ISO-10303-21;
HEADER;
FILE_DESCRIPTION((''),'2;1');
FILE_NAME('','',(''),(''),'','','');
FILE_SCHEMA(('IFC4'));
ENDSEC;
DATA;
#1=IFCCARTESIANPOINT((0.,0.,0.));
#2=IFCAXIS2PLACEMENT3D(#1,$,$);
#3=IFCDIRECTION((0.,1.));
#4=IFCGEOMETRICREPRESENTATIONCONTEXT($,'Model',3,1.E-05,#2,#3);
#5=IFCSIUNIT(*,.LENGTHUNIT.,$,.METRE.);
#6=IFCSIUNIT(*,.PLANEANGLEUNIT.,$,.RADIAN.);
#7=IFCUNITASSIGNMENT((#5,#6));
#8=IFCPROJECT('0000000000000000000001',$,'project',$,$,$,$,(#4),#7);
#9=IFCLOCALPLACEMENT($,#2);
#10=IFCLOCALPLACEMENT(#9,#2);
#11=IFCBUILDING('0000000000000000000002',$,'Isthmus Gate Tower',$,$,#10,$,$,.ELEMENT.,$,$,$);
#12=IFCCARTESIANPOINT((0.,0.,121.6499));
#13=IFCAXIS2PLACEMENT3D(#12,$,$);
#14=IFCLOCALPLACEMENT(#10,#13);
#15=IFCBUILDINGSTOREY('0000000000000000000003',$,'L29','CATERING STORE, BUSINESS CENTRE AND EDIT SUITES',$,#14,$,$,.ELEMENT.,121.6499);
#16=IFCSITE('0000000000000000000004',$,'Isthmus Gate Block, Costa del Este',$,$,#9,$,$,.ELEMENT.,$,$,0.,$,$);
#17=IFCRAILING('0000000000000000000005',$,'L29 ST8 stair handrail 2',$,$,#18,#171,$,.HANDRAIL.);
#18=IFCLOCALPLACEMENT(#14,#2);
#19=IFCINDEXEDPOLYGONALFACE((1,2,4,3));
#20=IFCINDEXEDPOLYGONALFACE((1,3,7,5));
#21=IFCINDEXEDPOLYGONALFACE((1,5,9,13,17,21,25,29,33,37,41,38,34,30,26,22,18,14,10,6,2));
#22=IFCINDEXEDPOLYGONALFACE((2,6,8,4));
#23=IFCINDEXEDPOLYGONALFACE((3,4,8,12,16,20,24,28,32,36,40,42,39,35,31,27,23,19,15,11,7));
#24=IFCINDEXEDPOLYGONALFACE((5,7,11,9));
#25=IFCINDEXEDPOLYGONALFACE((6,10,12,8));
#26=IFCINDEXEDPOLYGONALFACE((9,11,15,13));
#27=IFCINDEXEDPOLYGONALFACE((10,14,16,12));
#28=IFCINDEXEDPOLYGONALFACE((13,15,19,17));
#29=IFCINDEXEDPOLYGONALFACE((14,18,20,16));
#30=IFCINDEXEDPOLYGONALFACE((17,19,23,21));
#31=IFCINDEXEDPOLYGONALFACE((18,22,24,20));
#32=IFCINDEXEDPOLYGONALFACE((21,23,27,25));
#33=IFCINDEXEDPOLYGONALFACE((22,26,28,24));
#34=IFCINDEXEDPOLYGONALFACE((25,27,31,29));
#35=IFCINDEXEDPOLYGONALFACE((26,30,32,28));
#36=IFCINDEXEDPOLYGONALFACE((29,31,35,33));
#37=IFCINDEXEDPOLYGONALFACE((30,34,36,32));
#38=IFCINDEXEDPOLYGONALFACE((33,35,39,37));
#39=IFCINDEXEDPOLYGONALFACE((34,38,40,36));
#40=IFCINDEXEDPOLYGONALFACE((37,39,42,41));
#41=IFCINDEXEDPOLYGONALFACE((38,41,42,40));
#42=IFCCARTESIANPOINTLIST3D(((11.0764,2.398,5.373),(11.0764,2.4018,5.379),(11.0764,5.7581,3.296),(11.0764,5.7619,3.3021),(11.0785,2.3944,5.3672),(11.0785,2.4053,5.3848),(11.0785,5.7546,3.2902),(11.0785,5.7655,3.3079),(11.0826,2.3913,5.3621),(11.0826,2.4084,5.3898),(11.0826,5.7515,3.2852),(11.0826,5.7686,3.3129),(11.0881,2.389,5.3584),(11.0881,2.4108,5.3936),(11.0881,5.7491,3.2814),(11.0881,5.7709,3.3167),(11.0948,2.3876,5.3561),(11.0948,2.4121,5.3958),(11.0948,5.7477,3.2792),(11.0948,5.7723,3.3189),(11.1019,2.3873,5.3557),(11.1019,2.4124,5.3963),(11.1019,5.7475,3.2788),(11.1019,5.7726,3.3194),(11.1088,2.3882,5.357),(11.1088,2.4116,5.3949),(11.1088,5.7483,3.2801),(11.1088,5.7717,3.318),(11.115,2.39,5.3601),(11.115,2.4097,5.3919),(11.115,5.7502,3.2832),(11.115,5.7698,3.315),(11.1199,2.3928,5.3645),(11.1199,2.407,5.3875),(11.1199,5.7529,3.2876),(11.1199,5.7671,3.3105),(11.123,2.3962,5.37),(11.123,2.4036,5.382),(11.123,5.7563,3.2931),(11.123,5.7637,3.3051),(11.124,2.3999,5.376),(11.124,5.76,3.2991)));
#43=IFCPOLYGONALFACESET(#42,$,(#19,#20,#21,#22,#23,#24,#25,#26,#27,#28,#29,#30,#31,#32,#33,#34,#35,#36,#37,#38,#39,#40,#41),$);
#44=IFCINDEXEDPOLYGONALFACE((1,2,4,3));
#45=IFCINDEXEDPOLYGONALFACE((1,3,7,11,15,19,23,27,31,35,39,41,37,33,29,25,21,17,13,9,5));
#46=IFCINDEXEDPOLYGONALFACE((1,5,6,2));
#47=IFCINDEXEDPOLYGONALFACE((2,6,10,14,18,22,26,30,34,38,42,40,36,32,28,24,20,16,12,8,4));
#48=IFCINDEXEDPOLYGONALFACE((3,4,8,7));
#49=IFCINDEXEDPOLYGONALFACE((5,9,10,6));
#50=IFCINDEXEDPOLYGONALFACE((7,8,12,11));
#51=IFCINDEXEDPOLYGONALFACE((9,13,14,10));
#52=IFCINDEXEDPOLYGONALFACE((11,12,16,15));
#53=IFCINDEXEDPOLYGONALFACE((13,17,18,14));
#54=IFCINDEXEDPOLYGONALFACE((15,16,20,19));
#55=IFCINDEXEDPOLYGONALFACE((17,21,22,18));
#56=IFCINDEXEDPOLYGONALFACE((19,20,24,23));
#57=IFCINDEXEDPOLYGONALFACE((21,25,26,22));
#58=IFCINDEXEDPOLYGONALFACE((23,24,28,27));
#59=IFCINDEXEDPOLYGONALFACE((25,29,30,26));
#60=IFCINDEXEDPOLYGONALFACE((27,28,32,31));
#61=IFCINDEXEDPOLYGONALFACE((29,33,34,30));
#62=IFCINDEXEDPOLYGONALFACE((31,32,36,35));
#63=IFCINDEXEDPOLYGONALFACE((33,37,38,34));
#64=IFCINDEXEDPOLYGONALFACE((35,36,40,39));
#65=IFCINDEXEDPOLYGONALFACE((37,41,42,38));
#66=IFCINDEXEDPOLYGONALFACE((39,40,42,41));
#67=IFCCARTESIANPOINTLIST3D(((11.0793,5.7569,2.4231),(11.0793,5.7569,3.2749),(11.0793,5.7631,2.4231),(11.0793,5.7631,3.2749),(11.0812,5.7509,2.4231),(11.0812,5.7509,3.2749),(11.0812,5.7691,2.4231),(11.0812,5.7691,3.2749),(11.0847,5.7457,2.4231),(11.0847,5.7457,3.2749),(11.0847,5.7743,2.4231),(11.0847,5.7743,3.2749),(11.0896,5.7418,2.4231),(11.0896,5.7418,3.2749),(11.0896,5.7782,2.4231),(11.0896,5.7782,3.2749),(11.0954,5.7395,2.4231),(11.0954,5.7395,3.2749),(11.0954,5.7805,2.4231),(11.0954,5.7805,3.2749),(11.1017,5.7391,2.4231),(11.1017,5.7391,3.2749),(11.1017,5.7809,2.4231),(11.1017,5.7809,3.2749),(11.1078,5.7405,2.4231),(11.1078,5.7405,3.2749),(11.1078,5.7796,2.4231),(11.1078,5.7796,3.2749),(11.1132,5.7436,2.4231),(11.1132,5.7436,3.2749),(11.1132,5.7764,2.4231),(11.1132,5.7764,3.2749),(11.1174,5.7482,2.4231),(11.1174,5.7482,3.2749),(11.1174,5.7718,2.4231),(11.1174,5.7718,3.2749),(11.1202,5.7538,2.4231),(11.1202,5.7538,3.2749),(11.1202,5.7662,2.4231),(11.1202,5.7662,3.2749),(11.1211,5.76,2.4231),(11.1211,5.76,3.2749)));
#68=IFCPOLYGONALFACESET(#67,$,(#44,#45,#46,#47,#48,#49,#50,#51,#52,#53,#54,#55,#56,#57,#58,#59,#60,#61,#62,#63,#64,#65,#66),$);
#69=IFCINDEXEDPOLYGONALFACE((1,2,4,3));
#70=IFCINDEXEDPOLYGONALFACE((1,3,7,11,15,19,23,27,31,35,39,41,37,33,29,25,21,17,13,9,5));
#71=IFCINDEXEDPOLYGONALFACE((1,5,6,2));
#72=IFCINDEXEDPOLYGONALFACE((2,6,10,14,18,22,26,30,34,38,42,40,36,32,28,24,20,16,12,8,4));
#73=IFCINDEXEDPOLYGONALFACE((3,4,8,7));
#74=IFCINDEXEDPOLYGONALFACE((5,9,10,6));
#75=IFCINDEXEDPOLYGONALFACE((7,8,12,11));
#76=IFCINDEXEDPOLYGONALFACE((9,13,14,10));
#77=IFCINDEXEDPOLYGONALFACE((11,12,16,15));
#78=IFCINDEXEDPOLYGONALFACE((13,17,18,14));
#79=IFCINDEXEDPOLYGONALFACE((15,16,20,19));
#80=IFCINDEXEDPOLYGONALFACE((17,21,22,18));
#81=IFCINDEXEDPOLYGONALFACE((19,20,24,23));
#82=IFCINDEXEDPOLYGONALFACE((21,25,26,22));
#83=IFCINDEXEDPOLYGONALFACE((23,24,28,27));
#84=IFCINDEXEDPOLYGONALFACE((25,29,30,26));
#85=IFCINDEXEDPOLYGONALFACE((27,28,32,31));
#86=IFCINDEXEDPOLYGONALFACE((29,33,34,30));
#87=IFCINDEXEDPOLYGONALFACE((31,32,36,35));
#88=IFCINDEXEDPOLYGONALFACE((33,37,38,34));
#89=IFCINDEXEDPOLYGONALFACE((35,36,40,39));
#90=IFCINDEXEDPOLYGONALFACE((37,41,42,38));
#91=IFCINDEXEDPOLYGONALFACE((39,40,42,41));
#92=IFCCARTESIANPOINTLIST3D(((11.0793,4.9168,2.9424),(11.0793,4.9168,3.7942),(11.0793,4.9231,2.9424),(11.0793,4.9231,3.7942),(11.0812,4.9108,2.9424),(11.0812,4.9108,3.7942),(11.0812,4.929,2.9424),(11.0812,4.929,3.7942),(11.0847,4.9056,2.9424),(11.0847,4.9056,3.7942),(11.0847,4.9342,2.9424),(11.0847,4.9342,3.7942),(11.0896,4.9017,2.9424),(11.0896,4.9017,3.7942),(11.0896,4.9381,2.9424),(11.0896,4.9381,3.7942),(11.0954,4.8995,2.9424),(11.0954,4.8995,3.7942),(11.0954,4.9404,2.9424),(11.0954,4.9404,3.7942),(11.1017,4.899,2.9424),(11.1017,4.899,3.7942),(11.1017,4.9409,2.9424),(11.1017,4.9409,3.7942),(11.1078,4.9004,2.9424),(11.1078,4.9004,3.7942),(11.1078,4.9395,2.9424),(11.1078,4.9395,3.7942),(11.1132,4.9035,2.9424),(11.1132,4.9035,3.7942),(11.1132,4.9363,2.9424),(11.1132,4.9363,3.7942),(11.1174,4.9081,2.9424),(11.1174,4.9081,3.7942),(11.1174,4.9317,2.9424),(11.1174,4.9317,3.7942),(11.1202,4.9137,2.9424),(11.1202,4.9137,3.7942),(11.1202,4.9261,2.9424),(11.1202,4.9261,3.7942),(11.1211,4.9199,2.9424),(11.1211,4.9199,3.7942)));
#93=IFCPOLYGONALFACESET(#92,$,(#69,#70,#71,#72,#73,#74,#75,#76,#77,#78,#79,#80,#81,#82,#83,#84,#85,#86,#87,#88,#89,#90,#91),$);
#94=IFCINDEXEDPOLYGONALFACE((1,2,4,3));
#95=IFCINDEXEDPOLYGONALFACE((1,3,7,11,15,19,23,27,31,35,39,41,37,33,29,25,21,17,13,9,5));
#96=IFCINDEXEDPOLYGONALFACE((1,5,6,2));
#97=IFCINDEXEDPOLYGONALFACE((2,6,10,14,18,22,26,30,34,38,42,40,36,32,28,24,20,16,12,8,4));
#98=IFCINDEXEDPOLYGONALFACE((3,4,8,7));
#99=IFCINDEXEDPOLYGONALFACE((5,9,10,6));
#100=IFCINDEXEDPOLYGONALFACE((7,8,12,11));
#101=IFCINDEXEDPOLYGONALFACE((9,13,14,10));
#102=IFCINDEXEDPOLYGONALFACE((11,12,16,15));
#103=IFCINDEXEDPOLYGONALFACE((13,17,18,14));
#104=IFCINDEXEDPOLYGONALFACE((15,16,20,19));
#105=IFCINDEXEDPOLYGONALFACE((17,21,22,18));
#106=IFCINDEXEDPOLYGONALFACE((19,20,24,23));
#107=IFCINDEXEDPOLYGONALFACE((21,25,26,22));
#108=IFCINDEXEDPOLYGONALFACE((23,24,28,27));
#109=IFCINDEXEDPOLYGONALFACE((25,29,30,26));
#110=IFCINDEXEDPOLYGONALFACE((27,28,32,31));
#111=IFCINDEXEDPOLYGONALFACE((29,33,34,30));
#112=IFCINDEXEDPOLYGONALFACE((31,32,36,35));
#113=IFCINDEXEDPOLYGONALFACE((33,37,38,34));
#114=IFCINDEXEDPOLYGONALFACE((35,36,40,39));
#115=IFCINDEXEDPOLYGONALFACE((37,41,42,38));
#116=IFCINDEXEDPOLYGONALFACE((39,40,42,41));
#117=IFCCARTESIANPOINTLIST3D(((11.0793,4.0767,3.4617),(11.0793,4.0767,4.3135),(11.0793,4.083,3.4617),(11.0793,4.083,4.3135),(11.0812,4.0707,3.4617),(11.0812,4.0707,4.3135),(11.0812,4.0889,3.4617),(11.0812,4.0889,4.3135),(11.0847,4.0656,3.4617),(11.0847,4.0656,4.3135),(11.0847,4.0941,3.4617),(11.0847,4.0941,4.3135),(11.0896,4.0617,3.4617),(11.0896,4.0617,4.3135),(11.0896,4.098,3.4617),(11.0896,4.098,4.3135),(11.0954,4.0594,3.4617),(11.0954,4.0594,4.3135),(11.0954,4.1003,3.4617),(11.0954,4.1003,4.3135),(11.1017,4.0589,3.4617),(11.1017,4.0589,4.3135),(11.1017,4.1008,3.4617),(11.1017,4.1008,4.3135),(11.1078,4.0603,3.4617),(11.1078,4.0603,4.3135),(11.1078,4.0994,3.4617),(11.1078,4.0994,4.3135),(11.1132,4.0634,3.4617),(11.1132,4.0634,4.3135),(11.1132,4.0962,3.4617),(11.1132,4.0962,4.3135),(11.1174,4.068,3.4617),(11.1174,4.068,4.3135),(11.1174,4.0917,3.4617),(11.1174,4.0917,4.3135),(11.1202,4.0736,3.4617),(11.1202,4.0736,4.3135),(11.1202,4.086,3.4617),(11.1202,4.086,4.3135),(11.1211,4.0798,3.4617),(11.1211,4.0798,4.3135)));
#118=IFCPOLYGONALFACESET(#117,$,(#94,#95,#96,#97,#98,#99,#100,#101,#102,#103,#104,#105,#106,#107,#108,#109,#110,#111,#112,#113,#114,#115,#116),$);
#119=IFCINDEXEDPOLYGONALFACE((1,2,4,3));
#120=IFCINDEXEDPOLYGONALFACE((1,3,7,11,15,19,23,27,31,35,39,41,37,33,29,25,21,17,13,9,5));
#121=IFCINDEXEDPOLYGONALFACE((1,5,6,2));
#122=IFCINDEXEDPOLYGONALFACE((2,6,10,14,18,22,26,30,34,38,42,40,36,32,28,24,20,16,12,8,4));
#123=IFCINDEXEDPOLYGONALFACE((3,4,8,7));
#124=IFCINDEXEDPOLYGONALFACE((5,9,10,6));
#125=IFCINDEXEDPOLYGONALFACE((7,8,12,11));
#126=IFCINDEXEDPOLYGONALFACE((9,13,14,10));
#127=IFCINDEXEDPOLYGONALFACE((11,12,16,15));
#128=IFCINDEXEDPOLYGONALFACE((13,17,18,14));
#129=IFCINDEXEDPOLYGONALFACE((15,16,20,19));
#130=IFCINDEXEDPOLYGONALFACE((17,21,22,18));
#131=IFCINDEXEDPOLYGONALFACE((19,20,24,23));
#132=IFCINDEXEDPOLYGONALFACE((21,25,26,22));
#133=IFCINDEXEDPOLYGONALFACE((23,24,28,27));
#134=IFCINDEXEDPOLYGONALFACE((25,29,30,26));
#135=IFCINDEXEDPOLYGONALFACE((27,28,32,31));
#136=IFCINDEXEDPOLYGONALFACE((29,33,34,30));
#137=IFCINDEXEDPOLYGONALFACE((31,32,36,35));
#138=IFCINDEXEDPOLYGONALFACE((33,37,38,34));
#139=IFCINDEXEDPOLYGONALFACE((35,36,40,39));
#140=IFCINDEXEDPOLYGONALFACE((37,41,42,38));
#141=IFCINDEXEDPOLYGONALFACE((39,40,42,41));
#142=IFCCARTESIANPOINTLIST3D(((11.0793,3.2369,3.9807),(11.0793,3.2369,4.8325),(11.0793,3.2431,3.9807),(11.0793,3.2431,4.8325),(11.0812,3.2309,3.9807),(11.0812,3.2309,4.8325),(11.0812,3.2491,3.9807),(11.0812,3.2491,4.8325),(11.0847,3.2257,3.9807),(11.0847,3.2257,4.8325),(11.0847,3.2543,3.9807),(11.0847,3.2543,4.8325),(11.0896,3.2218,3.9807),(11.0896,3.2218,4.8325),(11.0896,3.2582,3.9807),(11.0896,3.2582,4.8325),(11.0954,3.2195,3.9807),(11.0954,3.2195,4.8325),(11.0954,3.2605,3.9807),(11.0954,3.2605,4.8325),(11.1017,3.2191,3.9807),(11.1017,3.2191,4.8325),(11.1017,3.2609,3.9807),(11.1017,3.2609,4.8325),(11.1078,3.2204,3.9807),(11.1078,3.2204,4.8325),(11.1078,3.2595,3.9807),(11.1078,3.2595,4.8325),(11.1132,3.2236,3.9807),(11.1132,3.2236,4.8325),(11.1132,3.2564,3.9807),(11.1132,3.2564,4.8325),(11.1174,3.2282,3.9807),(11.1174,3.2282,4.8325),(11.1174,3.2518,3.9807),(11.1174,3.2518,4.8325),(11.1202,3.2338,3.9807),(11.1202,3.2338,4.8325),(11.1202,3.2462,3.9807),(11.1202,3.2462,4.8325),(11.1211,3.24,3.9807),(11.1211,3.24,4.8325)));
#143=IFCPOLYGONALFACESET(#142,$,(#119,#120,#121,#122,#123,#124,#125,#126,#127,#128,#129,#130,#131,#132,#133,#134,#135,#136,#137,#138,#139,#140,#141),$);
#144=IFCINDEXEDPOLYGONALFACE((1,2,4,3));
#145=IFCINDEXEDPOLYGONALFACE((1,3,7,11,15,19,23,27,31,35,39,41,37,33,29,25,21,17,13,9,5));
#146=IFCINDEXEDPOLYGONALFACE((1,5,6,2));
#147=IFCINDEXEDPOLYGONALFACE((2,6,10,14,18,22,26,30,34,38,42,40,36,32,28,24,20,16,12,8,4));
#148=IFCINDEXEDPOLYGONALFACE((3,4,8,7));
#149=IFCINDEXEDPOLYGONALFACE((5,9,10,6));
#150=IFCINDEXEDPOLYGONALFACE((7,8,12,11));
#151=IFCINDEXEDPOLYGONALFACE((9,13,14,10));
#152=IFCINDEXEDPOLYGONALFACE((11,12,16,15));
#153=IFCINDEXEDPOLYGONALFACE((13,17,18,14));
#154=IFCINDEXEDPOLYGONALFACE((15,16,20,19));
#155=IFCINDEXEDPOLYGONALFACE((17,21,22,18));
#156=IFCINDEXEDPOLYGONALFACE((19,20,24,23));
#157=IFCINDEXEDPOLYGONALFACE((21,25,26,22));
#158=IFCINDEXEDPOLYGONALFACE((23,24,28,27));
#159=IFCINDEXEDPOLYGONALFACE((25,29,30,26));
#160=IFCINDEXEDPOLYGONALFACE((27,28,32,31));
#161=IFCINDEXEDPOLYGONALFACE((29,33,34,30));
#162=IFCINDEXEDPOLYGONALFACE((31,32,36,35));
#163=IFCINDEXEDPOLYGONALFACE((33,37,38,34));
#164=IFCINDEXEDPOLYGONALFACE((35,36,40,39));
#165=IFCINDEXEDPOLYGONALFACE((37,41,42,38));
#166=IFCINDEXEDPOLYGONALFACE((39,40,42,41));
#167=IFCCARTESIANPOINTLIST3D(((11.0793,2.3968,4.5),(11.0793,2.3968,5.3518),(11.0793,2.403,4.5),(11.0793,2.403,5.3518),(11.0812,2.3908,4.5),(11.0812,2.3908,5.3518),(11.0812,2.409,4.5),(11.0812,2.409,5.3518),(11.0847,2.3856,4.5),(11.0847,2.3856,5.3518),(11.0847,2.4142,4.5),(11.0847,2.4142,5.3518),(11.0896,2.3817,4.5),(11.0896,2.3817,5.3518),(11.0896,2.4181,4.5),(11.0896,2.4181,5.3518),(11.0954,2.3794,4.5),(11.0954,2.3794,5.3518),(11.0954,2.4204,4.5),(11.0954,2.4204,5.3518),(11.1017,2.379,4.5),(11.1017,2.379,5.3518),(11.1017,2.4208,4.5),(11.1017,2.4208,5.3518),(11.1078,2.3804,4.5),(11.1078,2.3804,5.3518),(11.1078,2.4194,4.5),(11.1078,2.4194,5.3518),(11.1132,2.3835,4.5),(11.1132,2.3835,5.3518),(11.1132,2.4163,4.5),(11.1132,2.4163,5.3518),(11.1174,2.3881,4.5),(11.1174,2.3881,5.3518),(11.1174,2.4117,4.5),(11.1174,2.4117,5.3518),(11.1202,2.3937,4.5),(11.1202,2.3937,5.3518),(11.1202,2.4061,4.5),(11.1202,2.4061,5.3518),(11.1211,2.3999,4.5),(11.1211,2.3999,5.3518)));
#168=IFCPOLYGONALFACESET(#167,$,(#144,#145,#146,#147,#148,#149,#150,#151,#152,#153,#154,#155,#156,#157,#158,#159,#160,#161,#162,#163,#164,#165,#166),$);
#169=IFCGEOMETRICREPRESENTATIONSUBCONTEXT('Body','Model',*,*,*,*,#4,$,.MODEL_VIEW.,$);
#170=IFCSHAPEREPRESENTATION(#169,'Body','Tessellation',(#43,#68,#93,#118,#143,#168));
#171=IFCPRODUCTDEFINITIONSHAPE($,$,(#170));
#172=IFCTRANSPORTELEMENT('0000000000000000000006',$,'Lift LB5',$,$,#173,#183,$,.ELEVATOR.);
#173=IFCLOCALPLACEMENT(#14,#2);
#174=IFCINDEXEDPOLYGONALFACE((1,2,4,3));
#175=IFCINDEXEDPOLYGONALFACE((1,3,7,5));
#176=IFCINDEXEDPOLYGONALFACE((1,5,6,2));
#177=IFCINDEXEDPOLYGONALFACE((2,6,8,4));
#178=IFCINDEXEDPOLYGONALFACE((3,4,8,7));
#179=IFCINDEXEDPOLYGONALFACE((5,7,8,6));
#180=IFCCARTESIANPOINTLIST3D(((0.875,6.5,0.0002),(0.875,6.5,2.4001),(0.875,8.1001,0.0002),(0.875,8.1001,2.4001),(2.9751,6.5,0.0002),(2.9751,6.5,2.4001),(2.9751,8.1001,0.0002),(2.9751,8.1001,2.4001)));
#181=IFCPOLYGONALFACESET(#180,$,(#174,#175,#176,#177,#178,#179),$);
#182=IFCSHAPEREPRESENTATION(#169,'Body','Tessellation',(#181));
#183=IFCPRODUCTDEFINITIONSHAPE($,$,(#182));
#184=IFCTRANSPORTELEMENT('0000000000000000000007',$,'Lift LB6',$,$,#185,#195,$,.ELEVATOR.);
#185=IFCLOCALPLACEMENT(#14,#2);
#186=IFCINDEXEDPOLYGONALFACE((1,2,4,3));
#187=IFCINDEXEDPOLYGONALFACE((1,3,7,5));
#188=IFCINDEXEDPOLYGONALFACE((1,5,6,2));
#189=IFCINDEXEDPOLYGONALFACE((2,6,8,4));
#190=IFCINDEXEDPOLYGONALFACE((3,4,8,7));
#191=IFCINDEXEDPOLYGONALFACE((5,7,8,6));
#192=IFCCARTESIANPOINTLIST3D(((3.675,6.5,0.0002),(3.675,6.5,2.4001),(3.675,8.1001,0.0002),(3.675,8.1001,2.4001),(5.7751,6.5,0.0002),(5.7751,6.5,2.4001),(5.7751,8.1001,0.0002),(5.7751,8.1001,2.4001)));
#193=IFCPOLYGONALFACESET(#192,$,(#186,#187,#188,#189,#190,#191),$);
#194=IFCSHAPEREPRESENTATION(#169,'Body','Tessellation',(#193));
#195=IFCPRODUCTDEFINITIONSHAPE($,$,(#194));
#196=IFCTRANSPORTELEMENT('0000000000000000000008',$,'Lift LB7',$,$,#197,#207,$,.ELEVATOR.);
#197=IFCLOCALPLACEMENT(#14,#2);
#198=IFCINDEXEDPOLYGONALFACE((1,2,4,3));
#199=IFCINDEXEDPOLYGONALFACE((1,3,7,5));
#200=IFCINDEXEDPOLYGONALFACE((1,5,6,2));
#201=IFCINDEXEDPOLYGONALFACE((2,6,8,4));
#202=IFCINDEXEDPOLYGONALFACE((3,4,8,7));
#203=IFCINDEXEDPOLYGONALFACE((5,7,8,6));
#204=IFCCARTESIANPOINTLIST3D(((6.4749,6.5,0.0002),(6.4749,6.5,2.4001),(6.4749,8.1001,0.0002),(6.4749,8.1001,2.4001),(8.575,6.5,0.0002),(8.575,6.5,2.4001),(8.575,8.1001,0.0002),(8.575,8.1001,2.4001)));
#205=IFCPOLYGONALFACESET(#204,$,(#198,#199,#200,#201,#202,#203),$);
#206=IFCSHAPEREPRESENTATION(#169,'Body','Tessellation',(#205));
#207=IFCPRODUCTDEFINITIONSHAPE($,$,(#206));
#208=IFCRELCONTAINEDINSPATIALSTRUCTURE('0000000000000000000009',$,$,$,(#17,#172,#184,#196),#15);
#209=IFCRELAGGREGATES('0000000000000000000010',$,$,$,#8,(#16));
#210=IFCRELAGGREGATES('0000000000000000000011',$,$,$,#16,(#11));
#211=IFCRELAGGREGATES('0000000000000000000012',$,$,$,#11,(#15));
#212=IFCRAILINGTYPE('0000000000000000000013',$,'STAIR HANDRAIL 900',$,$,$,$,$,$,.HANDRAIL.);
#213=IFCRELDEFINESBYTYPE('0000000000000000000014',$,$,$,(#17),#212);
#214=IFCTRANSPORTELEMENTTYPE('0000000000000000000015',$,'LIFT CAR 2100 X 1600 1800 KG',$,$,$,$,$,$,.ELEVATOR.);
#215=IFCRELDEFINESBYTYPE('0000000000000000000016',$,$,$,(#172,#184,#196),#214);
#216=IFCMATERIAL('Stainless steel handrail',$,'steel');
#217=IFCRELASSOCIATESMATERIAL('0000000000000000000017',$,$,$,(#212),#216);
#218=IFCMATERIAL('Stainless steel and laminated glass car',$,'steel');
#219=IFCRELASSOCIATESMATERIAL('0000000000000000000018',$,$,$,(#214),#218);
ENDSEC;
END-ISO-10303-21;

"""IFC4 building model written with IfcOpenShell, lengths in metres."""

from ifc_helpers import new_model, si_unit, direction, frame, origin, origin_2d, place, context, subcontext, project, spatial, rectangle, circle, extrude, material, type_object, element, save


model = new_model("IFC4")

# Units and contexts
model_context = context("Model", 3, precision=1e-05, world=origin(), true_north=direction((0.0, 1.0)))
body_context = subcontext(model_context, "Body", "Model", "MODEL_VIEW")
ifc_project = project(units=[si_unit("LENGTHUNIT", "METRE"), si_unit("PLANEANGLEUNIT", "RADIAN")], contexts=[model_context])

# Site, building, storey
site_placement = place(None, origin())
site = spatial("IfcSite", under=ifc_project, at=site_placement, Name="Isthmus Gate Block, Costa del Este", CompositionType="ELEMENT", RefElevation=0.0)
building_placement = place(site_placement, origin())
building = spatial("IfcBuilding", under=site, at=building_placement, Name="Isthmus Gate Tower", CompositionType="ELEMENT")
storey_placement = place(building_placement, frame((0.0, 0.0, 121.6499)))
storey = spatial("IfcBuildingStorey", under=building, at=storey_placement, Name="L29", Description="CATERING STORE, BUSINESS CENTRE AND EDIT SUITES", CompositionType="ELEMENT", Elevation=121.6499)

# Railing
ifc_material_1 = material(Name="Stainless steel handrail", Category="steel")
railing_type_1 = type_object("IfcRailingType", Name="STAIR HANDRAIL 900", PredefinedType="HANDRAIL", material=ifc_material_1)
railing_1_placement = place(storey_placement, frame((11.1001, 5.76, 2.4231)))
element("IfcRailing", 1, at=railing_1_placement, inside=storey, type_object=railing_type_1, Name="L29 ST8 stair handrail 2", PredefinedType="HANDRAIL", context=body_context, shape_type="SweptSolid", body=[
    extrude(circle(Radius=0.0239, at=origin_2d()), frame((0.0, 0.0, 0.876), z_axis=(0.0, -0.850623, 0.525776), x_axis=(1.0, 0.0, 0.0)), (0.0, 0.0, 1.0), 3.9502),
    extrude(circle(Radius=0.021, at=origin_2d()), origin(), (0.0, 0.0, 1.0), 0.8518),
    extrude(circle(Radius=0.021, at=origin_2d()), frame((0.0, -0.8401, 0.5193)), (0.0, 0.0, 1.0), 0.8518),
    extrude(circle(Radius=0.021, at=origin_2d()), frame((0.0, -1.6802, 1.0386)), (0.0, 0.0, 1.0), 0.8518),
    extrude(circle(Radius=0.021, at=origin_2d()), frame((0.0, -2.52, 1.5576)), (0.0, 0.0, 1.0), 0.8518),
    extrude(circle(Radius=0.021, at=origin_2d()), frame((0.0, -3.3601, 2.0769)), (0.0, 0.0, 1.0), 0.8518),
])

# Transport elements
ifc_material_2 = material(Name="Stainless steel and laminated glass car", Category="steel")
transport_element_type = type_object("IfcTransportElementType", Name="LIFT CAR 2100 X 1600 1800 KG", PredefinedType="ELEVATOR", material=ifc_material_2)
for number, where, z_axis, x_axis, name in (
    (2, (1.925, 7.3, 0.0002), (0.0, 0.0, 1.0), (1.0, 0.0, 0.0), "Lift LB5"),
    (3, (4.7251, 7.3, 0.0002), (0.0, 0.0, 1.0), (1.0, 0.0, 0.0), "Lift LB6"),
    (4, (7.5249, 7.3, 0.0002), (0.0, 0.0, 1.0), (1.0, 0.0, 0.0), "Lift LB7"),
):
    element("IfcTransportElement", number, at=place(storey_placement, frame(where, z_axis=z_axis, x_axis=x_axis)), inside=storey, type_object=transport_element_type, Name=name, PredefinedType="ELEVATOR", context=body_context, shape_type="SweptSolid", body=[
        extrude(rectangle(XDim=2.1001, YDim=1.6001, at=origin_2d()), origin(), (0.0, 0.0, 1.0), 2.3999),
    ])

save(model, "model.ifc")
